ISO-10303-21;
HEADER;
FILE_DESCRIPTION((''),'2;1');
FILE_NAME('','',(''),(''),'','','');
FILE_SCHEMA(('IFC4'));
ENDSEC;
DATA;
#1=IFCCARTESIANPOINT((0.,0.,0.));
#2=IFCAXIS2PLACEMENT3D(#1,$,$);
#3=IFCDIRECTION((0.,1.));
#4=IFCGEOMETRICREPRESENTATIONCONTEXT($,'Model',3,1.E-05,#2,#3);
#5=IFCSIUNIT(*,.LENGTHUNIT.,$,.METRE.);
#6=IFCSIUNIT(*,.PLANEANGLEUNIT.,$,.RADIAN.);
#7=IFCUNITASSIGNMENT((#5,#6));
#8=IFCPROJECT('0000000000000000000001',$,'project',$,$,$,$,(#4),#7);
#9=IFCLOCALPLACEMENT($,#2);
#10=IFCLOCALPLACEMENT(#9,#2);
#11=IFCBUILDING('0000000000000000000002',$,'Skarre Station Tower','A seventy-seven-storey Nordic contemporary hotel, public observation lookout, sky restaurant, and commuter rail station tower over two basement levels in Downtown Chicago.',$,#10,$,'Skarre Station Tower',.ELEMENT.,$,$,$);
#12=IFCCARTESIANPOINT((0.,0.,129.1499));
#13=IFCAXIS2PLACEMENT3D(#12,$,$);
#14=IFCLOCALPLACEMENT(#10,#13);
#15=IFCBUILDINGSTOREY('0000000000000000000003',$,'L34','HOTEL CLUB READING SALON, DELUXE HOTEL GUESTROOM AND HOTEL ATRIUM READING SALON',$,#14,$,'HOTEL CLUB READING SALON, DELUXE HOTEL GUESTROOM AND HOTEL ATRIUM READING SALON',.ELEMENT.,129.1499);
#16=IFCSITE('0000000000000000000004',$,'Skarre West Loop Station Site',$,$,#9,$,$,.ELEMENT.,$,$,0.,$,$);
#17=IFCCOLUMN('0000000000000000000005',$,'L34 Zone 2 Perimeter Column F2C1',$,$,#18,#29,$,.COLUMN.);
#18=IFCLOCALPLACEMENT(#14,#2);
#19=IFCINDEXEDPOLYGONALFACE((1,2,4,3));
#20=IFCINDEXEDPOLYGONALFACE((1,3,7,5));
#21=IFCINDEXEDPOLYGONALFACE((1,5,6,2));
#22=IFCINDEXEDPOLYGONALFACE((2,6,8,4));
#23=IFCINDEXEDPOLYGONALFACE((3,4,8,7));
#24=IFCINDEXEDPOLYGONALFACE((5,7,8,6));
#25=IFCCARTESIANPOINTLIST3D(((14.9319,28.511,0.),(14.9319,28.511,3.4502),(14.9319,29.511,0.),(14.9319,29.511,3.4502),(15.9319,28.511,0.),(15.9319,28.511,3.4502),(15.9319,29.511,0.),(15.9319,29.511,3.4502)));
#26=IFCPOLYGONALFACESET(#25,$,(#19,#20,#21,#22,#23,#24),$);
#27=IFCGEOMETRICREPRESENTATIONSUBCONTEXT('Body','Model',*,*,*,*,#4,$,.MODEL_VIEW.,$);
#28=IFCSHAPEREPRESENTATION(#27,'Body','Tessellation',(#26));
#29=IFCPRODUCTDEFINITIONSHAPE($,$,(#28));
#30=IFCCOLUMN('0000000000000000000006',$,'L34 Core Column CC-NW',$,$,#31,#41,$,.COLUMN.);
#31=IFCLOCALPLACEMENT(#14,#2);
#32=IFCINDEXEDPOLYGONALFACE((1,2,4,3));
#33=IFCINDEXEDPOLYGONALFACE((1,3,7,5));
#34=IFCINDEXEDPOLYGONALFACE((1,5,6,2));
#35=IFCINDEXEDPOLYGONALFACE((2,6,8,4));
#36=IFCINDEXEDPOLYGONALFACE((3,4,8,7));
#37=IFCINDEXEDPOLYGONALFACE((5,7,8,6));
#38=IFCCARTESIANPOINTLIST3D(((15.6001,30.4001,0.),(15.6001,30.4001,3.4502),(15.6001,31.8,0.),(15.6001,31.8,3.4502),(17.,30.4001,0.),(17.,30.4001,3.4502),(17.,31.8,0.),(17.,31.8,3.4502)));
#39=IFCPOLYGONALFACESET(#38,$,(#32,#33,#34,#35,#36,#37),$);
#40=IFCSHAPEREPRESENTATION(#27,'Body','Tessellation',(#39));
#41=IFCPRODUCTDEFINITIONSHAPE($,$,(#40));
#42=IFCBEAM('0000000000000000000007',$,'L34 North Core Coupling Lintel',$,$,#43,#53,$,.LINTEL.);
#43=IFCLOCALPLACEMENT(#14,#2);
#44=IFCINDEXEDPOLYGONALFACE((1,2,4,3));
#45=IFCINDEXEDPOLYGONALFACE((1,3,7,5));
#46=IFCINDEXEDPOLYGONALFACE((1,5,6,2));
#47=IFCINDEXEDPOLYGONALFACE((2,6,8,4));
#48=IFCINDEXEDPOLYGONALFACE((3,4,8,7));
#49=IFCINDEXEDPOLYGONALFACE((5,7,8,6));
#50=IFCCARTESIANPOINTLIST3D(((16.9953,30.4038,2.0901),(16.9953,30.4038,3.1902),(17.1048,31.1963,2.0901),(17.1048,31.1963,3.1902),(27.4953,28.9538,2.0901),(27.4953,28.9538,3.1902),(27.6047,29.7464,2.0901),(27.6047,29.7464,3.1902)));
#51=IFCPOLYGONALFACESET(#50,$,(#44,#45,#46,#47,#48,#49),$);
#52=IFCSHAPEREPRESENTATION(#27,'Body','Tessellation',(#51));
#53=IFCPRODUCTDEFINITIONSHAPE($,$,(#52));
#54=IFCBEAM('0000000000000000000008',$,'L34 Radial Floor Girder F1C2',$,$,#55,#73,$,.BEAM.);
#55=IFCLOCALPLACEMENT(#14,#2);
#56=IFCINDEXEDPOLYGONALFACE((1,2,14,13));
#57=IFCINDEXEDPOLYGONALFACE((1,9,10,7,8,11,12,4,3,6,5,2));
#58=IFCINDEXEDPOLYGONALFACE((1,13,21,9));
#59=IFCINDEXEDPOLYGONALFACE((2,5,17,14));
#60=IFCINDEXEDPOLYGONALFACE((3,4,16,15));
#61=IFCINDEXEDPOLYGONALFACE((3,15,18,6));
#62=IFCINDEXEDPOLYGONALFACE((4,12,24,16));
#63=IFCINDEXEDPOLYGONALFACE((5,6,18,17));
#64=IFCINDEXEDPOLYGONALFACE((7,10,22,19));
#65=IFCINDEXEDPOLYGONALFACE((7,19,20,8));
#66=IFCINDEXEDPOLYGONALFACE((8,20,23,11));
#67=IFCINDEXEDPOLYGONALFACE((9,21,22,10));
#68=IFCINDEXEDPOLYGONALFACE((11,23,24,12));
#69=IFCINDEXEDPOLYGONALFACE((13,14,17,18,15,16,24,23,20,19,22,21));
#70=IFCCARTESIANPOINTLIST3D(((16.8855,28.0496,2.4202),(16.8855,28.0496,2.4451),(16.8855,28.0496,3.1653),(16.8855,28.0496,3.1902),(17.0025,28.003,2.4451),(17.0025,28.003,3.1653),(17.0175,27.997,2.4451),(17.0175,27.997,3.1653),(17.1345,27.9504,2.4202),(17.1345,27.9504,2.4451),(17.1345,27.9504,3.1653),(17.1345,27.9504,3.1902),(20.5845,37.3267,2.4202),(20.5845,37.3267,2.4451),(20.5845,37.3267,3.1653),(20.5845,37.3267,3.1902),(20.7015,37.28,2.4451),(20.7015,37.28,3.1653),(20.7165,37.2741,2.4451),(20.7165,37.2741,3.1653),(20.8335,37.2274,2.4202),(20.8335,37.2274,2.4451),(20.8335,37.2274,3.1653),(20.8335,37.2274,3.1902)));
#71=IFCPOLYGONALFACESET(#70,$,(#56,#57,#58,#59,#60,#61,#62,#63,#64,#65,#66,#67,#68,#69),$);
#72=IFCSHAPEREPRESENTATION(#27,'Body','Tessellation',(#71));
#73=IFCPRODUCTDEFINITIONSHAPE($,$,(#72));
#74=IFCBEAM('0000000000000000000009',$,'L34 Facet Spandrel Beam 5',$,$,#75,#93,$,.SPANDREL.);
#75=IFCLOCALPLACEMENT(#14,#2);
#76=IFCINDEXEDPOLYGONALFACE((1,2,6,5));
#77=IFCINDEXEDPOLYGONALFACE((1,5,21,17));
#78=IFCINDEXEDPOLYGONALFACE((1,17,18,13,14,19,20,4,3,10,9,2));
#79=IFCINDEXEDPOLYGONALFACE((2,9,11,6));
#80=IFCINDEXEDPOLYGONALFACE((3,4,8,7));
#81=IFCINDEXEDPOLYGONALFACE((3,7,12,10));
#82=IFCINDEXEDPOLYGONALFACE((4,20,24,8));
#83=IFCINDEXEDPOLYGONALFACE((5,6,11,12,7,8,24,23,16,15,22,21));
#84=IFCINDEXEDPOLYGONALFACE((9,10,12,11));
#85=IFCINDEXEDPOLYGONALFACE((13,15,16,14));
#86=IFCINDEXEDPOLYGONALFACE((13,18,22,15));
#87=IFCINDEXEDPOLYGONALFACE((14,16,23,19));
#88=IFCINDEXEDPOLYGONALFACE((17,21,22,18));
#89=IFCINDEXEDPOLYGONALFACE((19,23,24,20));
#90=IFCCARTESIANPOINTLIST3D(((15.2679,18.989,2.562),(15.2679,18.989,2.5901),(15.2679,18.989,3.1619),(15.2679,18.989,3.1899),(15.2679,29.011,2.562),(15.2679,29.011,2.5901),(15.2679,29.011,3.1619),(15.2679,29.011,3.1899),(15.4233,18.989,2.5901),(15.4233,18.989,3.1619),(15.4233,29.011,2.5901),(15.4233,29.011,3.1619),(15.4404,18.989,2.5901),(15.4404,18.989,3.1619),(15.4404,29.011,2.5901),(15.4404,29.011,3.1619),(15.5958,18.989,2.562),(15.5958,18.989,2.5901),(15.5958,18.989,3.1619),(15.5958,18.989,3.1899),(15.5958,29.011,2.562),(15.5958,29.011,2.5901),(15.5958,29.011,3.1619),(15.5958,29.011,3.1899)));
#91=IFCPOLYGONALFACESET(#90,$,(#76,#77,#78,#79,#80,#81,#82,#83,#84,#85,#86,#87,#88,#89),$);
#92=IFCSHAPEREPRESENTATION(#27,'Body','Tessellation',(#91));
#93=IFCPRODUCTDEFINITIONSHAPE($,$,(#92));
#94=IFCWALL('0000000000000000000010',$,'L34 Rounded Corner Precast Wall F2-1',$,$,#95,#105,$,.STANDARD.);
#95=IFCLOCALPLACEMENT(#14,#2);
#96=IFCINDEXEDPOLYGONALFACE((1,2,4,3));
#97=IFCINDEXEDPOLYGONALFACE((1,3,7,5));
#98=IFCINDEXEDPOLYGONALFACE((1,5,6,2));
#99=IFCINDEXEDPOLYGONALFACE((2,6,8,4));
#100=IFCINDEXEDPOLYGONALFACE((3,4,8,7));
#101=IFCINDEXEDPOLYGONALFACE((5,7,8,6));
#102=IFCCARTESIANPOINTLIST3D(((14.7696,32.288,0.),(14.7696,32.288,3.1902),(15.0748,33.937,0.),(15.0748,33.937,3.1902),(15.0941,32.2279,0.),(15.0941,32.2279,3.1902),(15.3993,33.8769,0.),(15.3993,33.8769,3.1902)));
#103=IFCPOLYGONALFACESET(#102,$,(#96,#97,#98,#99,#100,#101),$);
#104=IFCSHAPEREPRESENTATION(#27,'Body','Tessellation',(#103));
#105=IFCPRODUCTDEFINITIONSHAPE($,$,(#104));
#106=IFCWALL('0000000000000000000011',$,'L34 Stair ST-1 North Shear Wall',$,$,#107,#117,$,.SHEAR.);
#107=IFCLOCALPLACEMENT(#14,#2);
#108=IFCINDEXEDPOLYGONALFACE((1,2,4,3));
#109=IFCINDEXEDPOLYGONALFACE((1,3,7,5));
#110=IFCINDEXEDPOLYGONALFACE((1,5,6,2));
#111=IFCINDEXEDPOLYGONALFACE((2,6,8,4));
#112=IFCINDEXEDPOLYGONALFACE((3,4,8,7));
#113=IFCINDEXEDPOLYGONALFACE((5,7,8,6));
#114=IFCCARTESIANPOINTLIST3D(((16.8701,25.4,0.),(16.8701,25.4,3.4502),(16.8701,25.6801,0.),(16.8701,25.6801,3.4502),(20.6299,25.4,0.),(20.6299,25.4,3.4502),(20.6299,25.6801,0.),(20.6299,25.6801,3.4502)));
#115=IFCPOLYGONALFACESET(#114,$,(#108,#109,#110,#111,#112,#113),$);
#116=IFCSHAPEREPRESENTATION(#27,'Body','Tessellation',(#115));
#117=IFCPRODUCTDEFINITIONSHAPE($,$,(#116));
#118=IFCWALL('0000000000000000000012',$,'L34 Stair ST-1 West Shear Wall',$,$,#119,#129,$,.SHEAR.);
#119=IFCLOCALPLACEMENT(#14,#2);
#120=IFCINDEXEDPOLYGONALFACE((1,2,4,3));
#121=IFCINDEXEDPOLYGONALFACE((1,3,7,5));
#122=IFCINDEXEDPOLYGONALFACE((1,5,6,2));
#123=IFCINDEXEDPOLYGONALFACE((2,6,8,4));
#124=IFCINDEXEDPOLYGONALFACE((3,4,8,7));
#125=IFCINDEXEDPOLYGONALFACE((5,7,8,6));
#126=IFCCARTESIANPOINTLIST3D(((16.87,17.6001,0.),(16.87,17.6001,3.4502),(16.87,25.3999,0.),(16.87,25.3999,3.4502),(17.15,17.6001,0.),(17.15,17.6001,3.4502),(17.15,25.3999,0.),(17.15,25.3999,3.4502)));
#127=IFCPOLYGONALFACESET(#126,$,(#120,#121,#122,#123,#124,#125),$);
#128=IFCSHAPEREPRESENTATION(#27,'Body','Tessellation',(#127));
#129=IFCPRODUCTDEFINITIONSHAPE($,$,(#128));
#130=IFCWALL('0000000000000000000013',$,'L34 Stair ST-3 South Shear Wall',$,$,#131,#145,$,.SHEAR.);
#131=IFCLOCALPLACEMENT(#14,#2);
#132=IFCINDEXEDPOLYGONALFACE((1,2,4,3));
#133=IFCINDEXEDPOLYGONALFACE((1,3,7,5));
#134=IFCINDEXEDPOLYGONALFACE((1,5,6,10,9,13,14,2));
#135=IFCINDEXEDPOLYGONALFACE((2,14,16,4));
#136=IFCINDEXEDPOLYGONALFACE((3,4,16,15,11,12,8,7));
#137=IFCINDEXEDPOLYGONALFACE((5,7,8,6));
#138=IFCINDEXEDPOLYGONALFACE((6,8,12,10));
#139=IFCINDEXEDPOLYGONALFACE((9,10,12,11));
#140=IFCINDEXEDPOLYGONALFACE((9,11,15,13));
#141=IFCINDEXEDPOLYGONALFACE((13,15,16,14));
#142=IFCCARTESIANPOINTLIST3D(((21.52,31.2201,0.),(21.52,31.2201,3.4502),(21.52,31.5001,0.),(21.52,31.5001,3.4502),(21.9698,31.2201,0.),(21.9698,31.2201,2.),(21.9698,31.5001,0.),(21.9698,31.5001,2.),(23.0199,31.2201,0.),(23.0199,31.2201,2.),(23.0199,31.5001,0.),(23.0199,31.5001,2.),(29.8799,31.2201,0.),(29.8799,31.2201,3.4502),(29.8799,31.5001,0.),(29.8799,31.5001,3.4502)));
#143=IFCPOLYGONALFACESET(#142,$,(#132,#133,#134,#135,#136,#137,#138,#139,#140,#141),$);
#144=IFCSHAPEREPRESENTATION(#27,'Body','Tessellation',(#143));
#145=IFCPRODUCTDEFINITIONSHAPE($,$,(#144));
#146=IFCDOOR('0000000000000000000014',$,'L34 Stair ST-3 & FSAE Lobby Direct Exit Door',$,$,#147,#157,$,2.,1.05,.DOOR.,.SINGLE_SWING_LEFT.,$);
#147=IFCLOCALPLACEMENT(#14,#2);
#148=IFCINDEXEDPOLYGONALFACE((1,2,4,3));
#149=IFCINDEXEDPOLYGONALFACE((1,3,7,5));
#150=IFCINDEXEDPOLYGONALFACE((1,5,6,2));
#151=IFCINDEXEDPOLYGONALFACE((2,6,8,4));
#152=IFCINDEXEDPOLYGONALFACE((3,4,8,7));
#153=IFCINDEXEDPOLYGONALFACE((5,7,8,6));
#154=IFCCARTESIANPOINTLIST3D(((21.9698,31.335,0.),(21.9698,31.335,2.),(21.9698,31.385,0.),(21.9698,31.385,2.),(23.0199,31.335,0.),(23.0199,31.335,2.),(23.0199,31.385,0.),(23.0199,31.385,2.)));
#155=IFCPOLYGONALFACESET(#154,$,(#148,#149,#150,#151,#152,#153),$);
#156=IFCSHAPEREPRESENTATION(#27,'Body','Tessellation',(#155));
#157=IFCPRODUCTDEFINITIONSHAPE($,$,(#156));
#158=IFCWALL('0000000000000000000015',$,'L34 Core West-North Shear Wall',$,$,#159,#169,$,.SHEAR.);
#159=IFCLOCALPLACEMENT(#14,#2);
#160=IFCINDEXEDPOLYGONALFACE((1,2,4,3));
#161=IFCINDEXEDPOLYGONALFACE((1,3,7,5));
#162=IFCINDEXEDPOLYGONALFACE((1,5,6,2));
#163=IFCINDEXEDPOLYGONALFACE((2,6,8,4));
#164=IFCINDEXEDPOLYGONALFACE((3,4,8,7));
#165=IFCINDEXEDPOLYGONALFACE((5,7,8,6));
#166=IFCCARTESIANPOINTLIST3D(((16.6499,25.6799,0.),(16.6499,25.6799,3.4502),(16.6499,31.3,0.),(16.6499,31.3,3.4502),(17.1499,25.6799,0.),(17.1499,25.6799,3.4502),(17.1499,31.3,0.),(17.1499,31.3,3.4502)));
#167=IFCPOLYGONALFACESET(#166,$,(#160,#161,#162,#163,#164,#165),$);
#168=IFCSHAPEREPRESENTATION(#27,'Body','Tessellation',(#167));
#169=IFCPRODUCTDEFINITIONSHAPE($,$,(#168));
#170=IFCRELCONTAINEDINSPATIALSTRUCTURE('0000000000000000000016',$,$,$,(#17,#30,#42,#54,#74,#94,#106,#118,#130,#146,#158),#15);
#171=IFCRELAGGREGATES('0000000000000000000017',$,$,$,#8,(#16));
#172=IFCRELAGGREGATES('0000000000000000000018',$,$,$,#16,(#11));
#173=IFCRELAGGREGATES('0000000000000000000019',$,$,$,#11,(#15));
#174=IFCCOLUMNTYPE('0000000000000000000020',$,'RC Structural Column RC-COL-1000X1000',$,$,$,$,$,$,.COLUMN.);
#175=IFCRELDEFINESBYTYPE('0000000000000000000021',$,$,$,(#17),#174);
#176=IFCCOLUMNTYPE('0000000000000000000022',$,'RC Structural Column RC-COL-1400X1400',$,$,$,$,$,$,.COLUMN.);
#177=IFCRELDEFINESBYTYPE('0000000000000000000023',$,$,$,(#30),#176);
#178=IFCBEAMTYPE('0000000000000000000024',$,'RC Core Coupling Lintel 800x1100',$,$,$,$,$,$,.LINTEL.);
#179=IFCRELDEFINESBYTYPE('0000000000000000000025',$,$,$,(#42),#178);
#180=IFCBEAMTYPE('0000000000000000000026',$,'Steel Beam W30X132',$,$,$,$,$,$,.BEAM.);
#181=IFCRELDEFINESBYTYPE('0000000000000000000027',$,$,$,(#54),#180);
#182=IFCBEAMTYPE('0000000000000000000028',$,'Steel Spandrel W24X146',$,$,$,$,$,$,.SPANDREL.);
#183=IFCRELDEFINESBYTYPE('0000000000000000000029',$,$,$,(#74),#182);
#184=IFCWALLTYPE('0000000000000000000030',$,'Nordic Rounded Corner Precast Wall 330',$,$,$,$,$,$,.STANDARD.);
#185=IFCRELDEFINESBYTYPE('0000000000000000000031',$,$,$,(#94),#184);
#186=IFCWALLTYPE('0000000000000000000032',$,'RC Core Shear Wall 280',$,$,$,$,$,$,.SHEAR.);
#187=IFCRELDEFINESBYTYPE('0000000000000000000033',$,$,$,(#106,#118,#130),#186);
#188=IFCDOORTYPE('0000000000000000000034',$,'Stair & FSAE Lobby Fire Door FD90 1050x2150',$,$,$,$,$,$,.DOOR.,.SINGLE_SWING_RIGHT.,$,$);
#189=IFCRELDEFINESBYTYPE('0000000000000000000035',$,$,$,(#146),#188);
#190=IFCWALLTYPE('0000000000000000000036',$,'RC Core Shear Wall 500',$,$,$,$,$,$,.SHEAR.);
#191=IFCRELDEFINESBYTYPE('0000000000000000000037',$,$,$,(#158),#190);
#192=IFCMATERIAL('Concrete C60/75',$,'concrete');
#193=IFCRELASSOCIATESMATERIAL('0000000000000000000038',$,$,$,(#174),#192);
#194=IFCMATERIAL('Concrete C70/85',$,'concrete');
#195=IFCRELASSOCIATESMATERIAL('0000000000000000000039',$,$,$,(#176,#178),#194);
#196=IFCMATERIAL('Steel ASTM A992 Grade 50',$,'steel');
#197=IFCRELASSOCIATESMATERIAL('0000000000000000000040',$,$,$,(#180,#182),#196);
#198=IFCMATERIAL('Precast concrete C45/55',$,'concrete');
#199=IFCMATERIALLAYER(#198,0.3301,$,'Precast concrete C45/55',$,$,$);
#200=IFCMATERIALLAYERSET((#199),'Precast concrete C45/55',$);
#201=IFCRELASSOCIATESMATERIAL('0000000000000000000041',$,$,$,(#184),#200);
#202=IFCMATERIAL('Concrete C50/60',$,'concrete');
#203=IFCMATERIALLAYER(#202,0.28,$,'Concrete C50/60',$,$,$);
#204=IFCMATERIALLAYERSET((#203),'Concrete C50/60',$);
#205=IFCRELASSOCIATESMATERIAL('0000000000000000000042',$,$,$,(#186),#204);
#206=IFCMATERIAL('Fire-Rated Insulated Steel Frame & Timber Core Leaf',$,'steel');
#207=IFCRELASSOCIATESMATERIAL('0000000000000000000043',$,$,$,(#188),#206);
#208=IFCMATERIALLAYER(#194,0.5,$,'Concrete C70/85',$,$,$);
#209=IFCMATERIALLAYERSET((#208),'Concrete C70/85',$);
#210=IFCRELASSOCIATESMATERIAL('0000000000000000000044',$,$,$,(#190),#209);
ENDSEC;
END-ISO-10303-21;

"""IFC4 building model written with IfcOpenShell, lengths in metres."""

from ifc_helpers import new_model, si_unit, direction, frame, frame_2d, origin, origin_2d, place, context, subcontext, project, spatial, rectangle, i_section, extrude, material, layer, layer_set, material_profile, profile_set, type_object, element, fill, save


model = new_model("IFC4")

# Units and contexts
model_context = context("Model", 3, precision=1e-05, world=origin(), true_north=direction((0.0, 1.0)))
body_context = subcontext(model_context, "Body", "Model", "MODEL_VIEW")
ifc_project = project(units=[si_unit("LENGTHUNIT", "METRE"), si_unit("PLANEANGLEUNIT", "RADIAN")], contexts=[model_context])

# Site, building, storey
site_placement = place(None, origin())
site = spatial("IfcSite", under=ifc_project, at=site_placement, Name="Skarre West Loop Station Site", CompositionType="ELEMENT", RefElevation=0.0)
building_placement = place(site_placement, origin())
building = spatial("IfcBuilding", under=site, at=building_placement, Name="Skarre Station Tower", Description="A seventy-seven-storey Nordic contemporary hotel, public observation lookout, sky restaurant, and commuter rail station tower over two basement levels in Downtown Chicago.", LongName="Skarre Station Tower", CompositionType="ELEMENT")
storey_placement = place(building_placement, frame((0.0, 0.0, 129.1499)))
storey = spatial("IfcBuildingStorey", under=building, at=storey_placement, Name="L34", Description="HOTEL CLUB READING SALON, DELUXE HOTEL GUESTROOM AND HOTEL ATRIUM READING SALON", LongName="HOTEL CLUB READING SALON, DELUXE HOTEL GUESTROOM AND HOTEL ATRIUM READING SALON", CompositionType="ELEMENT", Elevation=129.1499)

# Columns
ifc_material_1 = material(Name="Concrete C60/75", Category="concrete")
ifc_material_profile_1 = material_profile(ifc_material_1, rectangle(XDim=1.0, YDim=1.0, at=origin_2d()), Name="Concrete C60/75")
ifc_profile_set_1 = profile_set([ifc_material_profile_1], Name="Concrete C60/75")
column_type_1 = type_object("IfcColumnType", Name="RC Structural Column RC-COL-1000X1000", PredefinedType="COLUMN", material=ifc_profile_set_1)
column_1_placement = place(storey_placement, frame((15.4319, 29.011, 0.0), z_axis=(0.0, 0.0, 1.0), x_axis=(1.0, 0.0, 0.0)))
element("IfcColumn", 1, at=column_1_placement, inside=storey, type_object=column_type_1, Name="L34 Zone 2 Perimeter Column F2C1", PredefinedType="COLUMN", context=body_context, shape_type="SweptSolid", body=[
    extrude(rectangle(XDim=1.0, YDim=1.0, at=origin_2d()), origin(), (0.0, 0.0, 1.0), 3.4502),
])
ifc_material_2 = material(Name="Concrete C70/85", Category="concrete")
ifc_material_profile_2 = material_profile(ifc_material_2, rectangle(XDim=1.3999, YDim=1.3999, at=origin_2d()), Name="Concrete C70/85")
ifc_profile_set_2 = profile_set([ifc_material_profile_2], Name="Concrete C70/85")
column_type_2 = type_object("IfcColumnType", Name="RC Structural Column RC-COL-1400X1400", PredefinedType="COLUMN", material=ifc_profile_set_2)
column_2_placement = place(storey_placement, frame((16.3, 31.1001, 0.0), z_axis=(0.0, 0.0, 1.0), x_axis=(1.0, 0.0, 0.0)))
element("IfcColumn", 2, at=column_2_placement, inside=storey, type_object=column_type_2, Name="L34 Core Column CC-NW", PredefinedType="COLUMN", context=body_context, shape_type="SweptSolid", body=[
    extrude(rectangle(XDim=1.3999, YDim=1.3999, at=origin_2d()), origin(), (0.0, 0.0, 1.0), 3.4502),
])

# Beams
ifc_material_profile_3 = material_profile(ifc_material_2, rectangle(XDim=0.8, YDim=1.1001, at=origin_2d()), Name="Concrete C70/85")
ifc_profile_set_3 = profile_set([ifc_material_profile_3], Name="Concrete C70/85")
beam_type_1 = type_object("IfcBeamType", Name="RC Core Coupling Lintel 800x1100", PredefinedType="LINTEL", material=ifc_profile_set_3)
beam_1_placement = place(storey_placement, frame((17.05, 30.8, 2.6401), z_axis=(0.9906, -0.136792, 0.0), x_axis=(0.136792, 0.9906, 0.0)))
element("IfcBeam", 3, at=beam_1_placement, inside=storey, type_object=beam_type_1, Name="L34 North Core Coupling Lintel", PredefinedType="LINTEL", context=body_context, shape_type="SweptSolid", body=[
    extrude(rectangle(XDim=0.8, YDim=1.1001, at=origin_2d()), origin(), (0.0, 0.0, 1.0), 10.5996),
])
ifc_material_3 = material(Name="Steel ASTM A992 Grade 50", Category="steel")
ifc_material_profile_4 = material_profile(ifc_material_3, i_section(OverallWidth=0.2681, OverallDepth=0.77, WebThickness=0.0161, FlangeThickness=0.0249, at=origin_2d()), Name="Steel ASTM A992 Grade 50")
ifc_profile_set_4 = profile_set([ifc_material_profile_4], Name="Steel ASTM A992 Grade 50")
beam_type_2 = type_object("IfcBeamType", Name="Steel Beam W30X132", PredefinedType="BEAM", material=ifc_profile_set_4)
beam_2_placement = place(storey_placement, frame((17.01, 28.0, 2.8052), z_axis=(0.370366, 0.928886, 0.0), x_axis=(-0.928886, 0.370366, 0.0)))
element("IfcBeam", 4, at=beam_2_placement, inside=storey, type_object=beam_type_2, Name="L34 Radial Floor Girder F1C2", PredefinedType="BEAM", context=body_context, shape_type="SweptSolid", body=[
    extrude(i_section(OverallWidth=0.2681, OverallDepth=0.77, WebThickness=0.0161, FlangeThickness=0.0249, at=origin_2d()), origin(), (0.0, 0.0, 1.0), 9.9873),
])
ifc_material_profile_5 = material_profile(ifc_material_3, i_section(OverallWidth=0.3279, OverallDepth=0.6279, WebThickness=0.0171, FlangeThickness=0.0281, at=origin_2d()), Name="Steel ASTM A992 Grade 50")
ifc_profile_set_5 = profile_set([ifc_material_profile_5], Name="Steel ASTM A992 Grade 50")
beam_type_3 = type_object("IfcBeamType", Name="Steel Spandrel W24X146", PredefinedType="SPANDREL", material=ifc_profile_set_5)
beam_3_placement = place(storey_placement, frame((15.4319, 29.011, 2.876), z_axis=(0.0, -1.0, 0.0), x_axis=(1.0, 0.0, 0.0)))
element("IfcBeam", 5, at=beam_3_placement, inside=storey, type_object=beam_type_3, Name="L34 Facet Spandrel Beam 5", PredefinedType="SPANDREL", context=body_context, shape_type="SweptSolid", body=[
    extrude(i_section(OverallWidth=0.3279, OverallDepth=0.6279, WebThickness=0.0171, FlangeThickness=0.0281, at=origin_2d()), origin(), (0.0, 0.0, 1.0), 10.022),
])

# Walls
ifc_material_4 = material(Name="Precast concrete C45/55", Category="concrete")
ifc_layer_1 = layer(ifc_material_4, 0.3301, Name="Precast concrete C45/55")
ifc_layer_set_1 = layer_set([ifc_layer_1], Name="Precast concrete C45/55")
wall_type_1 = type_object("IfcWallType", Name="Nordic Rounded Corner Precast Wall 330", PredefinedType="STANDARD", material=ifc_layer_set_1)
wall_1_placement = place(storey_placement, frame((14.9319, 32.2581, 0.0), z_axis=(0.0, 0.0, 1.0), x_axis=(0.181985, 0.983301, 0.0)))
element("IfcWall", 6, at=wall_1_placement, inside=storey, type_object=wall_type_1, Name="L34 Rounded Corner Precast Wall F2-1", PredefinedType="STANDARD", context=body_context, shape_type="SweptSolid", body=[
    extrude(rectangle(XDim=1.677, YDim=0.3301, at=frame_2d((0.8384, 0.0))), origin(), (0.0, 0.0, 1.0), 3.1902),
])
ifc_material_5 = material(Name="Concrete C50/60", Category="concrete")
ifc_layer_2 = layer(ifc_material_5, 0.28, Name="Concrete C50/60")
ifc_layer_set_2 = layer_set([ifc_layer_2], Name="Concrete C50/60")
wall_type_2 = type_object("IfcWallType", Name="RC Core Shear Wall 280", PredefinedType="SHEAR", material=ifc_layer_set_2)
wall_2_placement = place(storey_placement, frame((20.6299, 25.54, 0.0), z_axis=(0.0, 0.0, 1.0), x_axis=(-1.0, 0.0, 0.0)))
element("IfcWall", 7, at=wall_2_placement, inside=storey, type_object=wall_type_2, Name="L34 Stair ST-1 North Shear Wall", PredefinedType="SHEAR", context=body_context, shape_type="SweptSolid", body=[
    extrude(rectangle(XDim=3.7598, YDim=0.28, at=frame_2d((1.8799, 0.0))), origin(), (0.0, 0.0, 1.0), 3.4502),
])
wall_3_placement = place(storey_placement, frame((17.01, 25.3999, 0.0), z_axis=(0.0, 0.0, 1.0), x_axis=(0.0, -1.0, 0.0)))
element("IfcWall", 8, at=wall_3_placement, inside=storey, type_object=wall_type_2, Name="L34 Stair ST-1 West Shear Wall", PredefinedType="SHEAR", context=body_context, shape_type="SweptSolid", body=[
    extrude(rectangle(XDim=7.7998, YDim=0.28, at=frame_2d((3.8999, 0.0))), origin(), (0.0, 0.0, 1.0), 3.4502),
])

# Wall, opening, door
wall_4_placement = place(storey_placement, frame((21.52, 31.3601, 0.0), z_axis=(0.0, 0.0, 1.0), x_axis=(1.0, 0.0, 0.0)))
wall_4 = element("IfcWall", 9, at=wall_4_placement, inside=storey, type_object=wall_type_2, Name="L34 Stair ST-3 South Shear Wall", PredefinedType="SHEAR", context=body_context, shape_type="SweptSolid", body=[
    extrude(rectangle(XDim=8.3599, YDim=0.28, at=frame_2d((4.1799, 0.0))), origin(), (0.0, 0.0, 1.0), 3.4502),
])
opening_1_placement = place(wall_4_placement, frame((0.45, 0.0, 0.0)))
opening_1 = element("IfcOpeningElement", 10, at=opening_1_placement, cuts=wall_4, PredefinedType="OPENING", context=body_context, shape_type="SweptSolid", body=[
    extrude(rectangle(XDim=1.05, YDim=2.0, at=frame_2d((0.5249, 1.0))), frame((0.0, 0.1499, 0.0), z_axis=(0.0, -1.0, 0.0), x_axis=(1.0, 0.0, 0.0)), (0.0, 0.0, 1.0), 0.3),
])
ifc_material_6 = material(Name="Fire-Rated Insulated Steel Frame & Timber Core Leaf", Category="steel")
door_type_1 = type_object("IfcDoorType", Name="Stair & FSAE Lobby Fire Door FD90 1050x2150", OperationType="SINGLE_SWING_RIGHT", PredefinedType="DOOR", material=ifc_material_6)
door_1_placement = place(opening_1_placement, origin())
door_1 = element("IfcDoor", 11, at=door_1_placement, inside=storey, type_object=door_type_1, Name="L34 Stair ST-3 & FSAE Lobby Direct Exit Door", OperationType="SINGLE_SWING_LEFT", OverallHeight=2.0, OverallWidth=1.05, PredefinedType="DOOR", context=body_context, shape_type="SweptSolid", body=[
    extrude(rectangle(XDim=1.05, YDim=2.0, at=frame_2d((0.5249, 1.0))), frame((0.0, 0.0249, 0.0), z_axis=(0.0, -1.0, 0.0), x_axis=(1.0, 0.0, 0.0)), (0.0, 0.0, 1.0), 0.05),
])
fill(opening_1, door_1)

# Wall
ifc_layer_3 = layer(ifc_material_2, 0.5, Name="Concrete C70/85")
ifc_layer_set_3 = layer_set([ifc_layer_3], Name="Concrete C70/85")
wall_type_3 = type_object("IfcWallType", Name="RC Core Shear Wall 500", PredefinedType="SHEAR", material=ifc_layer_set_3)
wall_5_placement = place(storey_placement, frame((16.8999, 25.6799, 0.0), z_axis=(0.0, 0.0, 1.0), x_axis=(0.0, 1.0, 0.0)))
element("IfcWall", 12, at=wall_5_placement, inside=storey, type_object=wall_type_3, Name="L34 Core West-North Shear Wall", PredefinedType="SHEAR", context=body_context, shape_type="SweptSolid", body=[
    extrude(rectangle(XDim=5.6201, YDim=0.5, at=frame_2d((2.8101, 0.0))), origin(), (0.0, 0.0, 1.0), 3.4502),
])

save(model, "model.ifc")
